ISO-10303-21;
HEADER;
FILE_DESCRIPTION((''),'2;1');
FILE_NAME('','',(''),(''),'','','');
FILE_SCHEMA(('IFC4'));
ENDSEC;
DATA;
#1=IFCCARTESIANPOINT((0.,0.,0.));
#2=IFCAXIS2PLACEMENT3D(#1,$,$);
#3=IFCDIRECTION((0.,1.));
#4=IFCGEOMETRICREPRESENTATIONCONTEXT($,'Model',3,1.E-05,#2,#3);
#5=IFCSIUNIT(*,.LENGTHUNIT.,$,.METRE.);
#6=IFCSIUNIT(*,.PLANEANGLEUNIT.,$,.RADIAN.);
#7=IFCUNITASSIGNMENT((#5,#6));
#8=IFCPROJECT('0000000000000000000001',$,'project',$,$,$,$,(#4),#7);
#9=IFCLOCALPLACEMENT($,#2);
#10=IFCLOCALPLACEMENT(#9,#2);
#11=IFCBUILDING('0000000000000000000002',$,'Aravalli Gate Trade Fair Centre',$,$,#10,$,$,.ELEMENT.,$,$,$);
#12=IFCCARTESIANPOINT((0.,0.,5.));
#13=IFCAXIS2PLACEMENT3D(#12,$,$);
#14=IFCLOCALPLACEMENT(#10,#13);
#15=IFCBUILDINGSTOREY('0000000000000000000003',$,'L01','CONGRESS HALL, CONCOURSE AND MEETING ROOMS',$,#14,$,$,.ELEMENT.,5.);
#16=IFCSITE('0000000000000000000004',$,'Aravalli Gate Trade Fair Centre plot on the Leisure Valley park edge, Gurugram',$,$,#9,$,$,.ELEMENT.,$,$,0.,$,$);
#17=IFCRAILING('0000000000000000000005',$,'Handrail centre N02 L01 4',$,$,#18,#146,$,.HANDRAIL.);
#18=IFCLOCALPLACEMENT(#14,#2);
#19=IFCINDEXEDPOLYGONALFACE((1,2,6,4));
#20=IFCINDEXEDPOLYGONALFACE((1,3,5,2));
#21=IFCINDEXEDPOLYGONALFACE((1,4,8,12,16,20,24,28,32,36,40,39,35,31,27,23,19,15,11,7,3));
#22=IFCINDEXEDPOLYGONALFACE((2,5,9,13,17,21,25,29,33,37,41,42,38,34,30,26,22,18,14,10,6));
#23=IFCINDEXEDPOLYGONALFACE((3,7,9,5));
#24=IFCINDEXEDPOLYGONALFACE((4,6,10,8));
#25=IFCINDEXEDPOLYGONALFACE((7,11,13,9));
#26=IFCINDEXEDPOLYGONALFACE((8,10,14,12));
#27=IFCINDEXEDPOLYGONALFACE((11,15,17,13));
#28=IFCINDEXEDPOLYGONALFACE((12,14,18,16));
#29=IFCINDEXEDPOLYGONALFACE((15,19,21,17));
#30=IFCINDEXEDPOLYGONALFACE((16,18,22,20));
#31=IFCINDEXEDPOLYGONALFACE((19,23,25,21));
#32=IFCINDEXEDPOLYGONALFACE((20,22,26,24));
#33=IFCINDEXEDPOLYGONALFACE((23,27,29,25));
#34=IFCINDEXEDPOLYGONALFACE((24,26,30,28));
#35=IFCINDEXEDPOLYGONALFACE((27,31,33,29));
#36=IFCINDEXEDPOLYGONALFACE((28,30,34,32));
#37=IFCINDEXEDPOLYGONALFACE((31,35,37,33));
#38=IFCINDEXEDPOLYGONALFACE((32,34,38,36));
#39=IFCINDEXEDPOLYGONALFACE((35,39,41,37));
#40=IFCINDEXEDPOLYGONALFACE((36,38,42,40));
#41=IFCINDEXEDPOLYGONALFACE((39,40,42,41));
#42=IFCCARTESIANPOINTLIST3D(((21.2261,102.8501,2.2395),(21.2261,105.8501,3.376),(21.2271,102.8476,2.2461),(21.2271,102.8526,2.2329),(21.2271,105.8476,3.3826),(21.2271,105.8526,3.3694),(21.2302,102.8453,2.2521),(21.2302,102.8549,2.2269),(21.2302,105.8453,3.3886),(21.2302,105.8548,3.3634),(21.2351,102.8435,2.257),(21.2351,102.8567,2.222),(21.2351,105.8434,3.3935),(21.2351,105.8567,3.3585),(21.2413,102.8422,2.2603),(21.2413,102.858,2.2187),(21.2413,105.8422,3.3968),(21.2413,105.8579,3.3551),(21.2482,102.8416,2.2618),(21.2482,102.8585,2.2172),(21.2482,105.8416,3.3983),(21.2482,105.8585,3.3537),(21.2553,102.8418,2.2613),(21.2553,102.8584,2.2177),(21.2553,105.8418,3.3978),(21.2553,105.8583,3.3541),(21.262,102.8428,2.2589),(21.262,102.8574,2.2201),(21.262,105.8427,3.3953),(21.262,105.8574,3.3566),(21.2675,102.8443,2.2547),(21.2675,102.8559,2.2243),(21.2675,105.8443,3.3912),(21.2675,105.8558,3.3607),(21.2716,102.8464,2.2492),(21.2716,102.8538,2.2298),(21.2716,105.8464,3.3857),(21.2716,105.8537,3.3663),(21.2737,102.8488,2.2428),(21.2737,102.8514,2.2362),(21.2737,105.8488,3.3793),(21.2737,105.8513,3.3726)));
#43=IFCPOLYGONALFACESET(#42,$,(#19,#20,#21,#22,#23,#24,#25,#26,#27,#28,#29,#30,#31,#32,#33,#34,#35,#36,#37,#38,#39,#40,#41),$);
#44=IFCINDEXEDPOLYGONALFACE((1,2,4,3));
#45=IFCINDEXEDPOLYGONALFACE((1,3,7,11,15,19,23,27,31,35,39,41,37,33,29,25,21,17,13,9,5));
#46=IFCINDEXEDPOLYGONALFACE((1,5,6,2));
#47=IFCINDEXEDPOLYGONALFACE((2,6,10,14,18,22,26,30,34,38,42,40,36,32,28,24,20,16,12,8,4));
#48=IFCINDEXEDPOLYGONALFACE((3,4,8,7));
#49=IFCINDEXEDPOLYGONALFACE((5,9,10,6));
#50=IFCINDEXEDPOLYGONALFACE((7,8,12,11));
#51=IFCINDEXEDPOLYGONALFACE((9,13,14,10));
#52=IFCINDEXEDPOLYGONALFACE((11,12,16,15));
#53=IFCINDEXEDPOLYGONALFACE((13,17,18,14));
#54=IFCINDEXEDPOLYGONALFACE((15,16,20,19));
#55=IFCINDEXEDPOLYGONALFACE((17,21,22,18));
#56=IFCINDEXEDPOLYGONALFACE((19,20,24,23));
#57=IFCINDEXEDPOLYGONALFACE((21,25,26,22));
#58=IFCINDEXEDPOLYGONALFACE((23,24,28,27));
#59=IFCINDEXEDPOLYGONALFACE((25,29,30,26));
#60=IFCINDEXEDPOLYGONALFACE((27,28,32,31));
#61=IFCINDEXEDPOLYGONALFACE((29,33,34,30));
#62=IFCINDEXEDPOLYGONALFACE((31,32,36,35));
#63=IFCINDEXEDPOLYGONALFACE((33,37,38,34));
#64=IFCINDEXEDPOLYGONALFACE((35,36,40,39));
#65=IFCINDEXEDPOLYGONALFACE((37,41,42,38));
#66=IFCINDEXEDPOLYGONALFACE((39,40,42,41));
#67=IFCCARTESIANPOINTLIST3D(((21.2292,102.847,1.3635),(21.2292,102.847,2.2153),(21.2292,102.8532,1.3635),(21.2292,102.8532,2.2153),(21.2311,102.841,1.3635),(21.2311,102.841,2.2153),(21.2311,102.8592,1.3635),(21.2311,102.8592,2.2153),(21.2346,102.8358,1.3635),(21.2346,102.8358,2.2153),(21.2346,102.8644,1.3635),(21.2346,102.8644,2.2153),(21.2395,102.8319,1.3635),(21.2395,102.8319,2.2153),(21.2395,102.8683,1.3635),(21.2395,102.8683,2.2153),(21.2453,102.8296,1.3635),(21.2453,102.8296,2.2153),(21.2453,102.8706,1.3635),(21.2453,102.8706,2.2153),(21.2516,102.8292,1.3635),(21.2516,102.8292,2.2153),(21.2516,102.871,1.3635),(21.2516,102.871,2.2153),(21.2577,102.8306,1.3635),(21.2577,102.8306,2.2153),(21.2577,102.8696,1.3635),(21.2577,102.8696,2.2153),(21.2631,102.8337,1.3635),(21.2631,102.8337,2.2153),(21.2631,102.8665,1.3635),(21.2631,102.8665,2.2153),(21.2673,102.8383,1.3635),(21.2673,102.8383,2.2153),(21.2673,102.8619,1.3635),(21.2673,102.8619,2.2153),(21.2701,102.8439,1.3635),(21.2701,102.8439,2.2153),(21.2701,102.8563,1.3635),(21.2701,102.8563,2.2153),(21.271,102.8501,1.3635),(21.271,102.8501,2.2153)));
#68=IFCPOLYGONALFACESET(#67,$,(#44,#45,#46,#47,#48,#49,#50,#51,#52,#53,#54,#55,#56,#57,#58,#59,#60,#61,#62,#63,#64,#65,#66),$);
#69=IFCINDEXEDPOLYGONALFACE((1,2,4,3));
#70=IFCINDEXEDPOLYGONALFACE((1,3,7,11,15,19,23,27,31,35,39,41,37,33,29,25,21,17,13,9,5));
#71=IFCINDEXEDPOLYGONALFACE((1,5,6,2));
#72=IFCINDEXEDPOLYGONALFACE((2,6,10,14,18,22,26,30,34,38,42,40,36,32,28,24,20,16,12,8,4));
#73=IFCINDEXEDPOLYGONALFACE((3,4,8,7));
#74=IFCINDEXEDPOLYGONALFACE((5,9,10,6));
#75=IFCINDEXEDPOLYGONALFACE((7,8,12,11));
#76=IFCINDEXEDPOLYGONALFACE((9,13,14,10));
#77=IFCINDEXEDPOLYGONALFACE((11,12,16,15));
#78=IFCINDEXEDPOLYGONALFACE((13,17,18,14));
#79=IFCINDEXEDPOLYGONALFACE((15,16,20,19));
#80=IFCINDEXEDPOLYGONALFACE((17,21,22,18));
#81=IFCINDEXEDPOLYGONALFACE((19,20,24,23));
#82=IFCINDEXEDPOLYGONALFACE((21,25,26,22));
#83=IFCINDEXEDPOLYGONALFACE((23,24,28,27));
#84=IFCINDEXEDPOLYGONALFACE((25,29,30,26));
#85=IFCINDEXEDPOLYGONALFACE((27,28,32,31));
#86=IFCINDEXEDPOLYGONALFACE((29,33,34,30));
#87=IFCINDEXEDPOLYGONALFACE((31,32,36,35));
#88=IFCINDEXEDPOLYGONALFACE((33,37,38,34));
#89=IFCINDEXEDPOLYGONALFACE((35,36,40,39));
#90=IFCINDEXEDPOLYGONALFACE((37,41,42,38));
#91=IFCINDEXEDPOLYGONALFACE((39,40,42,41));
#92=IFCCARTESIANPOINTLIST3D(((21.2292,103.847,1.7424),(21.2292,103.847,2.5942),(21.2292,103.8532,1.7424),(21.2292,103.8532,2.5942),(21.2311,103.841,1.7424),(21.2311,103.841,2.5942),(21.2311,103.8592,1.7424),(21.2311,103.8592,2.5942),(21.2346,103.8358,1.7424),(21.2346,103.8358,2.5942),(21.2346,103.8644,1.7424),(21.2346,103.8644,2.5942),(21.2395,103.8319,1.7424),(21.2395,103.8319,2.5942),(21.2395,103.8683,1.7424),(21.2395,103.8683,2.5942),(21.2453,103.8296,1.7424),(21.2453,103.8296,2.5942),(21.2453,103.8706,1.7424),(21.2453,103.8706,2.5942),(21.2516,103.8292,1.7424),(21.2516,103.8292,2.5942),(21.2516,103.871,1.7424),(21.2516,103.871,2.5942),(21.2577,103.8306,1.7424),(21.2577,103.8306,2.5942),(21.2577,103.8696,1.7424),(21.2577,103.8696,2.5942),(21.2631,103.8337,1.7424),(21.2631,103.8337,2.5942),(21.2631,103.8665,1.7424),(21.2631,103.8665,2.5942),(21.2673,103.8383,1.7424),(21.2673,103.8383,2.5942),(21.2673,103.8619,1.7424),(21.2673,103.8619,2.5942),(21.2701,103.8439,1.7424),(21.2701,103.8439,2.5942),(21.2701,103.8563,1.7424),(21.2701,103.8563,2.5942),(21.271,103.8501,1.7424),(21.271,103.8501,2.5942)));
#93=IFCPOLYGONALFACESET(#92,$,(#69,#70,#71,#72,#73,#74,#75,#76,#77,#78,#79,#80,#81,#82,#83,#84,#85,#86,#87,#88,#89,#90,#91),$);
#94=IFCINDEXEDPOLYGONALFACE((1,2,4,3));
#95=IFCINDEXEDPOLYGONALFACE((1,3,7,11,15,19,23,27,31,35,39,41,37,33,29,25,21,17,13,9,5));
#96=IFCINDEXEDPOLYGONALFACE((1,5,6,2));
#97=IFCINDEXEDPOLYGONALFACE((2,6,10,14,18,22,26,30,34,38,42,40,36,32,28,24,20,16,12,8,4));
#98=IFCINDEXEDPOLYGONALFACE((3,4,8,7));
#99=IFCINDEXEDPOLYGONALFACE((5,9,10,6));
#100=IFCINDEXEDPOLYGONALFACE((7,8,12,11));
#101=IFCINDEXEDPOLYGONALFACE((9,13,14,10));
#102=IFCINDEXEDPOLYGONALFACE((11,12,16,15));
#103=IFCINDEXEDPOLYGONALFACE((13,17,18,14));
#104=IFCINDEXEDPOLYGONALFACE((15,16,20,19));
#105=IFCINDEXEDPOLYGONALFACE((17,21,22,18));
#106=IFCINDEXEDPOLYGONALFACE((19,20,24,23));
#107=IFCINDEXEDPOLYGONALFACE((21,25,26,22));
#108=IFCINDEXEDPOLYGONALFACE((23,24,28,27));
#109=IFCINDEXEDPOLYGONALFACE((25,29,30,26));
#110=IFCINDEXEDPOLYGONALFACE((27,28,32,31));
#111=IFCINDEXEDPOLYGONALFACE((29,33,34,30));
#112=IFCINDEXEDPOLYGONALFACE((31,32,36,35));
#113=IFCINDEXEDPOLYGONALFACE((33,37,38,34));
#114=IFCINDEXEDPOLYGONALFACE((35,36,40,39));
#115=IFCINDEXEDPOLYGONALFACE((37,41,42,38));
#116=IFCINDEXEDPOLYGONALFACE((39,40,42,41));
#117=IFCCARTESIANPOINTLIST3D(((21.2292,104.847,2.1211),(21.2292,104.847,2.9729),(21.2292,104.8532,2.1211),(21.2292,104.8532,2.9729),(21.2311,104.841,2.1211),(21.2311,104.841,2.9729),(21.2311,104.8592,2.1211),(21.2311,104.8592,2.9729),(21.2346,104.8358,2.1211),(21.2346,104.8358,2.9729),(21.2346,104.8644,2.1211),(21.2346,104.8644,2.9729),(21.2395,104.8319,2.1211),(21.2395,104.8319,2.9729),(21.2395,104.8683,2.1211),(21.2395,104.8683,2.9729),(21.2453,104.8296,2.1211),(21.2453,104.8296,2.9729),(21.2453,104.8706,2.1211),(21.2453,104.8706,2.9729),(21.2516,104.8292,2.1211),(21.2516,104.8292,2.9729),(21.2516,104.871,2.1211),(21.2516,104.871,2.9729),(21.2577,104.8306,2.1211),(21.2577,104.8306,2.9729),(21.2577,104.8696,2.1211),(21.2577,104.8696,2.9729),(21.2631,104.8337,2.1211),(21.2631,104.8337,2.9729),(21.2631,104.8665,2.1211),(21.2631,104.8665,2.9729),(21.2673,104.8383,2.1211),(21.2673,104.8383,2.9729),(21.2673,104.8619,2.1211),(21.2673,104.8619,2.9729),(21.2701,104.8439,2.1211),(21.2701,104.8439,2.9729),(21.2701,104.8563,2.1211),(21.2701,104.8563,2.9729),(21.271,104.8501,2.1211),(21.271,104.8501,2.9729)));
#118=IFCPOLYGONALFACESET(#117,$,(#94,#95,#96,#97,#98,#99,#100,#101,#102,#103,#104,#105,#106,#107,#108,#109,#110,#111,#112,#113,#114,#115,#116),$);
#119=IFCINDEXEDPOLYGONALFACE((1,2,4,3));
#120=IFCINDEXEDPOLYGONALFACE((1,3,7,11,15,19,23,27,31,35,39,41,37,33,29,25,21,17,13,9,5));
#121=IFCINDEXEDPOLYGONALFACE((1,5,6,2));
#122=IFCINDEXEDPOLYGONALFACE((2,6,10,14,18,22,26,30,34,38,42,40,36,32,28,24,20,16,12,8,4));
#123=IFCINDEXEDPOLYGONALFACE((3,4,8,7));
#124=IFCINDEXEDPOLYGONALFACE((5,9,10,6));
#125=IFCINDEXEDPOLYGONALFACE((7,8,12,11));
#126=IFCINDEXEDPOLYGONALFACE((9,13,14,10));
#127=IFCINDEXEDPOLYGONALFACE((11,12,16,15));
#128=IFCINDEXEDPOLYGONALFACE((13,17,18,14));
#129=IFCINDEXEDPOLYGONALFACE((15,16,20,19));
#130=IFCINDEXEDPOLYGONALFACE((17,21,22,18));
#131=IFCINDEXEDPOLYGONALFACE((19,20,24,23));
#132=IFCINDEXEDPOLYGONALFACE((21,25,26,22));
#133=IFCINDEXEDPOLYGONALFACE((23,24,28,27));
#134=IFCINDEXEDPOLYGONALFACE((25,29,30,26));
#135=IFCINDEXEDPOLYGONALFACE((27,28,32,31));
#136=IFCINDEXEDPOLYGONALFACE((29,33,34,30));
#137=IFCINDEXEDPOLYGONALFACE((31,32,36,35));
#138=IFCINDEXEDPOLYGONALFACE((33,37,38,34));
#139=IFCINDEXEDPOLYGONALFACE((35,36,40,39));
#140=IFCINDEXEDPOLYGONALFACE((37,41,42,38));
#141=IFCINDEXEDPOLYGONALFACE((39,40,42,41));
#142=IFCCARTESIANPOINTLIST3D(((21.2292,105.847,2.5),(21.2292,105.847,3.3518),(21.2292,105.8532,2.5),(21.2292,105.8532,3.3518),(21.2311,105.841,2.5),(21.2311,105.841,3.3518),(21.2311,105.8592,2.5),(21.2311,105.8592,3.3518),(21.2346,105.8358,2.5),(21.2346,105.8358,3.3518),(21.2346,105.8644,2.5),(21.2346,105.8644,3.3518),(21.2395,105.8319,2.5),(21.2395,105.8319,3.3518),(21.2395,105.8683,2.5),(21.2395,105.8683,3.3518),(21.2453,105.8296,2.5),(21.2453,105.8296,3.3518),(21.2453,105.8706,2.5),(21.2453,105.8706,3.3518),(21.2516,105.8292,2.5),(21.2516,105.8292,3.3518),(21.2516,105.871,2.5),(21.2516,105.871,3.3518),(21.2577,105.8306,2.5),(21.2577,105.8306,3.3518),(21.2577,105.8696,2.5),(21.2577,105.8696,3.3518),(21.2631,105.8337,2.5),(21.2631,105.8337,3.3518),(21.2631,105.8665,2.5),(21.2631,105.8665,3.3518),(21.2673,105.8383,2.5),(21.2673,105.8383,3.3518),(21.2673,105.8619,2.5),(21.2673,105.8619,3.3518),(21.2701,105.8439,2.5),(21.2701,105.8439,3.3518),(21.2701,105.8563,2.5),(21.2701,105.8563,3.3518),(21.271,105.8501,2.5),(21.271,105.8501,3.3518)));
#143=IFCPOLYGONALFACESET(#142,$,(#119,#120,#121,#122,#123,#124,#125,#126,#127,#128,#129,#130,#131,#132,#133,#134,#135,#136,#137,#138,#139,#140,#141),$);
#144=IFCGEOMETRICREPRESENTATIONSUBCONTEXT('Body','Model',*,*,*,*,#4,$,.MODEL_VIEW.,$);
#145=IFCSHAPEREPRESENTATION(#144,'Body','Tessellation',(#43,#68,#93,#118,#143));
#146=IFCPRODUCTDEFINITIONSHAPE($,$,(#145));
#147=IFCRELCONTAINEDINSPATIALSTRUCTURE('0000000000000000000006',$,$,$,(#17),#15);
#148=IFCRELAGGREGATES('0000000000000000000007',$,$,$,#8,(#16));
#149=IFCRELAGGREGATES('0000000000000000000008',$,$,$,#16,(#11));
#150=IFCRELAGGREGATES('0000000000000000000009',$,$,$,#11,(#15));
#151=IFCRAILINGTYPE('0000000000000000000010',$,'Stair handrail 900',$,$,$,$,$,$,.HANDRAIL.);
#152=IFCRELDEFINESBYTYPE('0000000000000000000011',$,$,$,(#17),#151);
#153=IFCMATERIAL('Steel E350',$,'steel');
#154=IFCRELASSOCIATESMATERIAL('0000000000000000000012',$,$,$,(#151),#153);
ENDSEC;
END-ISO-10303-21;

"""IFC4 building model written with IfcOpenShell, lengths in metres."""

from ifc_helpers import new_model, si_unit, direction, frame, origin, origin_2d, place, context, subcontext, project, spatial, circle, extrude, material, type_object, element, save


model = new_model("IFC4")

# Units and contexts
model_context = context("Model", 3, precision=1e-05, world=origin(), true_north=direction((0.0, 1.0)))
body_context = subcontext(model_context, "Body", "Model", "MODEL_VIEW")
ifc_project = project(units=[si_unit("LENGTHUNIT", "METRE"), si_unit("PLANEANGLEUNIT", "RADIAN")], contexts=[model_context])

# Site, building, storey
site_placement = place(None, origin())
site = spatial("IfcSite", under=ifc_project, at=site_placement, Name="Aravalli Gate Trade Fair Centre plot on the Leisure Valley park edge, Gurugram", CompositionType="ELEMENT", RefElevation=0.0)
building_placement = place(site_placement, origin())
building = spatial("IfcBuilding", under=site, at=building_placement, Name="Aravalli Gate Trade Fair Centre", CompositionType="ELEMENT")
storey_placement = place(building_placement, frame((0.0, 0.0, 5.0)))
storey = spatial("IfcBuildingStorey", under=building, at=storey_placement, Name="L01", Description="CONGRESS HALL, CONCOURSE AND MEETING ROOMS", CompositionType="ELEMENT", Elevation=5.0)

# Railing
ifc_material_1 = material(Name="Steel E350", Category="steel")
railing_type = type_object("IfcRailingType", Name="Stair handrail 900", PredefinedType="HANDRAIL", material=ifc_material_1)
for number, where, name in (
    (1, (21.25, 102.8501, 1.3635), "Handrail centre N02 L01 4"),
):
    element("IfcRailing", number, at=place(storey_placement, frame(where)), inside=storey, type_object=railing_type, Name=name, PredefinedType="HANDRAIL", context=body_context, shape_type="SweptSolid", body=[
        extrude(circle(Radius=0.0239, at=origin_2d()), frame((0.0, 0.0, 0.876), z_axis=(0.0, 0.935148, 0.354257), x_axis=(-1.0, 0.0, 0.0)), (0.0, 0.0, 1.0), 3.208),
        extrude(circle(Radius=0.021, at=origin_2d()), origin(), (0.0, 0.0, 1.0), 0.8518),
        extrude(circle(Radius=0.021, at=origin_2d()), frame((0.0, 1.0, 0.3789)), (0.0, 0.0, 1.0), 0.8518),
        extrude(circle(Radius=0.021, at=origin_2d()), frame((0.0, 2.0, 0.7576)), (0.0, 0.0, 1.0), 0.8518),
        extrude(circle(Radius=0.021, at=origin_2d()), frame((0.0, 3.0, 1.1365)), (0.0, 0.0, 1.0), 0.8518),
    ])

save(model, "model.ifc")
